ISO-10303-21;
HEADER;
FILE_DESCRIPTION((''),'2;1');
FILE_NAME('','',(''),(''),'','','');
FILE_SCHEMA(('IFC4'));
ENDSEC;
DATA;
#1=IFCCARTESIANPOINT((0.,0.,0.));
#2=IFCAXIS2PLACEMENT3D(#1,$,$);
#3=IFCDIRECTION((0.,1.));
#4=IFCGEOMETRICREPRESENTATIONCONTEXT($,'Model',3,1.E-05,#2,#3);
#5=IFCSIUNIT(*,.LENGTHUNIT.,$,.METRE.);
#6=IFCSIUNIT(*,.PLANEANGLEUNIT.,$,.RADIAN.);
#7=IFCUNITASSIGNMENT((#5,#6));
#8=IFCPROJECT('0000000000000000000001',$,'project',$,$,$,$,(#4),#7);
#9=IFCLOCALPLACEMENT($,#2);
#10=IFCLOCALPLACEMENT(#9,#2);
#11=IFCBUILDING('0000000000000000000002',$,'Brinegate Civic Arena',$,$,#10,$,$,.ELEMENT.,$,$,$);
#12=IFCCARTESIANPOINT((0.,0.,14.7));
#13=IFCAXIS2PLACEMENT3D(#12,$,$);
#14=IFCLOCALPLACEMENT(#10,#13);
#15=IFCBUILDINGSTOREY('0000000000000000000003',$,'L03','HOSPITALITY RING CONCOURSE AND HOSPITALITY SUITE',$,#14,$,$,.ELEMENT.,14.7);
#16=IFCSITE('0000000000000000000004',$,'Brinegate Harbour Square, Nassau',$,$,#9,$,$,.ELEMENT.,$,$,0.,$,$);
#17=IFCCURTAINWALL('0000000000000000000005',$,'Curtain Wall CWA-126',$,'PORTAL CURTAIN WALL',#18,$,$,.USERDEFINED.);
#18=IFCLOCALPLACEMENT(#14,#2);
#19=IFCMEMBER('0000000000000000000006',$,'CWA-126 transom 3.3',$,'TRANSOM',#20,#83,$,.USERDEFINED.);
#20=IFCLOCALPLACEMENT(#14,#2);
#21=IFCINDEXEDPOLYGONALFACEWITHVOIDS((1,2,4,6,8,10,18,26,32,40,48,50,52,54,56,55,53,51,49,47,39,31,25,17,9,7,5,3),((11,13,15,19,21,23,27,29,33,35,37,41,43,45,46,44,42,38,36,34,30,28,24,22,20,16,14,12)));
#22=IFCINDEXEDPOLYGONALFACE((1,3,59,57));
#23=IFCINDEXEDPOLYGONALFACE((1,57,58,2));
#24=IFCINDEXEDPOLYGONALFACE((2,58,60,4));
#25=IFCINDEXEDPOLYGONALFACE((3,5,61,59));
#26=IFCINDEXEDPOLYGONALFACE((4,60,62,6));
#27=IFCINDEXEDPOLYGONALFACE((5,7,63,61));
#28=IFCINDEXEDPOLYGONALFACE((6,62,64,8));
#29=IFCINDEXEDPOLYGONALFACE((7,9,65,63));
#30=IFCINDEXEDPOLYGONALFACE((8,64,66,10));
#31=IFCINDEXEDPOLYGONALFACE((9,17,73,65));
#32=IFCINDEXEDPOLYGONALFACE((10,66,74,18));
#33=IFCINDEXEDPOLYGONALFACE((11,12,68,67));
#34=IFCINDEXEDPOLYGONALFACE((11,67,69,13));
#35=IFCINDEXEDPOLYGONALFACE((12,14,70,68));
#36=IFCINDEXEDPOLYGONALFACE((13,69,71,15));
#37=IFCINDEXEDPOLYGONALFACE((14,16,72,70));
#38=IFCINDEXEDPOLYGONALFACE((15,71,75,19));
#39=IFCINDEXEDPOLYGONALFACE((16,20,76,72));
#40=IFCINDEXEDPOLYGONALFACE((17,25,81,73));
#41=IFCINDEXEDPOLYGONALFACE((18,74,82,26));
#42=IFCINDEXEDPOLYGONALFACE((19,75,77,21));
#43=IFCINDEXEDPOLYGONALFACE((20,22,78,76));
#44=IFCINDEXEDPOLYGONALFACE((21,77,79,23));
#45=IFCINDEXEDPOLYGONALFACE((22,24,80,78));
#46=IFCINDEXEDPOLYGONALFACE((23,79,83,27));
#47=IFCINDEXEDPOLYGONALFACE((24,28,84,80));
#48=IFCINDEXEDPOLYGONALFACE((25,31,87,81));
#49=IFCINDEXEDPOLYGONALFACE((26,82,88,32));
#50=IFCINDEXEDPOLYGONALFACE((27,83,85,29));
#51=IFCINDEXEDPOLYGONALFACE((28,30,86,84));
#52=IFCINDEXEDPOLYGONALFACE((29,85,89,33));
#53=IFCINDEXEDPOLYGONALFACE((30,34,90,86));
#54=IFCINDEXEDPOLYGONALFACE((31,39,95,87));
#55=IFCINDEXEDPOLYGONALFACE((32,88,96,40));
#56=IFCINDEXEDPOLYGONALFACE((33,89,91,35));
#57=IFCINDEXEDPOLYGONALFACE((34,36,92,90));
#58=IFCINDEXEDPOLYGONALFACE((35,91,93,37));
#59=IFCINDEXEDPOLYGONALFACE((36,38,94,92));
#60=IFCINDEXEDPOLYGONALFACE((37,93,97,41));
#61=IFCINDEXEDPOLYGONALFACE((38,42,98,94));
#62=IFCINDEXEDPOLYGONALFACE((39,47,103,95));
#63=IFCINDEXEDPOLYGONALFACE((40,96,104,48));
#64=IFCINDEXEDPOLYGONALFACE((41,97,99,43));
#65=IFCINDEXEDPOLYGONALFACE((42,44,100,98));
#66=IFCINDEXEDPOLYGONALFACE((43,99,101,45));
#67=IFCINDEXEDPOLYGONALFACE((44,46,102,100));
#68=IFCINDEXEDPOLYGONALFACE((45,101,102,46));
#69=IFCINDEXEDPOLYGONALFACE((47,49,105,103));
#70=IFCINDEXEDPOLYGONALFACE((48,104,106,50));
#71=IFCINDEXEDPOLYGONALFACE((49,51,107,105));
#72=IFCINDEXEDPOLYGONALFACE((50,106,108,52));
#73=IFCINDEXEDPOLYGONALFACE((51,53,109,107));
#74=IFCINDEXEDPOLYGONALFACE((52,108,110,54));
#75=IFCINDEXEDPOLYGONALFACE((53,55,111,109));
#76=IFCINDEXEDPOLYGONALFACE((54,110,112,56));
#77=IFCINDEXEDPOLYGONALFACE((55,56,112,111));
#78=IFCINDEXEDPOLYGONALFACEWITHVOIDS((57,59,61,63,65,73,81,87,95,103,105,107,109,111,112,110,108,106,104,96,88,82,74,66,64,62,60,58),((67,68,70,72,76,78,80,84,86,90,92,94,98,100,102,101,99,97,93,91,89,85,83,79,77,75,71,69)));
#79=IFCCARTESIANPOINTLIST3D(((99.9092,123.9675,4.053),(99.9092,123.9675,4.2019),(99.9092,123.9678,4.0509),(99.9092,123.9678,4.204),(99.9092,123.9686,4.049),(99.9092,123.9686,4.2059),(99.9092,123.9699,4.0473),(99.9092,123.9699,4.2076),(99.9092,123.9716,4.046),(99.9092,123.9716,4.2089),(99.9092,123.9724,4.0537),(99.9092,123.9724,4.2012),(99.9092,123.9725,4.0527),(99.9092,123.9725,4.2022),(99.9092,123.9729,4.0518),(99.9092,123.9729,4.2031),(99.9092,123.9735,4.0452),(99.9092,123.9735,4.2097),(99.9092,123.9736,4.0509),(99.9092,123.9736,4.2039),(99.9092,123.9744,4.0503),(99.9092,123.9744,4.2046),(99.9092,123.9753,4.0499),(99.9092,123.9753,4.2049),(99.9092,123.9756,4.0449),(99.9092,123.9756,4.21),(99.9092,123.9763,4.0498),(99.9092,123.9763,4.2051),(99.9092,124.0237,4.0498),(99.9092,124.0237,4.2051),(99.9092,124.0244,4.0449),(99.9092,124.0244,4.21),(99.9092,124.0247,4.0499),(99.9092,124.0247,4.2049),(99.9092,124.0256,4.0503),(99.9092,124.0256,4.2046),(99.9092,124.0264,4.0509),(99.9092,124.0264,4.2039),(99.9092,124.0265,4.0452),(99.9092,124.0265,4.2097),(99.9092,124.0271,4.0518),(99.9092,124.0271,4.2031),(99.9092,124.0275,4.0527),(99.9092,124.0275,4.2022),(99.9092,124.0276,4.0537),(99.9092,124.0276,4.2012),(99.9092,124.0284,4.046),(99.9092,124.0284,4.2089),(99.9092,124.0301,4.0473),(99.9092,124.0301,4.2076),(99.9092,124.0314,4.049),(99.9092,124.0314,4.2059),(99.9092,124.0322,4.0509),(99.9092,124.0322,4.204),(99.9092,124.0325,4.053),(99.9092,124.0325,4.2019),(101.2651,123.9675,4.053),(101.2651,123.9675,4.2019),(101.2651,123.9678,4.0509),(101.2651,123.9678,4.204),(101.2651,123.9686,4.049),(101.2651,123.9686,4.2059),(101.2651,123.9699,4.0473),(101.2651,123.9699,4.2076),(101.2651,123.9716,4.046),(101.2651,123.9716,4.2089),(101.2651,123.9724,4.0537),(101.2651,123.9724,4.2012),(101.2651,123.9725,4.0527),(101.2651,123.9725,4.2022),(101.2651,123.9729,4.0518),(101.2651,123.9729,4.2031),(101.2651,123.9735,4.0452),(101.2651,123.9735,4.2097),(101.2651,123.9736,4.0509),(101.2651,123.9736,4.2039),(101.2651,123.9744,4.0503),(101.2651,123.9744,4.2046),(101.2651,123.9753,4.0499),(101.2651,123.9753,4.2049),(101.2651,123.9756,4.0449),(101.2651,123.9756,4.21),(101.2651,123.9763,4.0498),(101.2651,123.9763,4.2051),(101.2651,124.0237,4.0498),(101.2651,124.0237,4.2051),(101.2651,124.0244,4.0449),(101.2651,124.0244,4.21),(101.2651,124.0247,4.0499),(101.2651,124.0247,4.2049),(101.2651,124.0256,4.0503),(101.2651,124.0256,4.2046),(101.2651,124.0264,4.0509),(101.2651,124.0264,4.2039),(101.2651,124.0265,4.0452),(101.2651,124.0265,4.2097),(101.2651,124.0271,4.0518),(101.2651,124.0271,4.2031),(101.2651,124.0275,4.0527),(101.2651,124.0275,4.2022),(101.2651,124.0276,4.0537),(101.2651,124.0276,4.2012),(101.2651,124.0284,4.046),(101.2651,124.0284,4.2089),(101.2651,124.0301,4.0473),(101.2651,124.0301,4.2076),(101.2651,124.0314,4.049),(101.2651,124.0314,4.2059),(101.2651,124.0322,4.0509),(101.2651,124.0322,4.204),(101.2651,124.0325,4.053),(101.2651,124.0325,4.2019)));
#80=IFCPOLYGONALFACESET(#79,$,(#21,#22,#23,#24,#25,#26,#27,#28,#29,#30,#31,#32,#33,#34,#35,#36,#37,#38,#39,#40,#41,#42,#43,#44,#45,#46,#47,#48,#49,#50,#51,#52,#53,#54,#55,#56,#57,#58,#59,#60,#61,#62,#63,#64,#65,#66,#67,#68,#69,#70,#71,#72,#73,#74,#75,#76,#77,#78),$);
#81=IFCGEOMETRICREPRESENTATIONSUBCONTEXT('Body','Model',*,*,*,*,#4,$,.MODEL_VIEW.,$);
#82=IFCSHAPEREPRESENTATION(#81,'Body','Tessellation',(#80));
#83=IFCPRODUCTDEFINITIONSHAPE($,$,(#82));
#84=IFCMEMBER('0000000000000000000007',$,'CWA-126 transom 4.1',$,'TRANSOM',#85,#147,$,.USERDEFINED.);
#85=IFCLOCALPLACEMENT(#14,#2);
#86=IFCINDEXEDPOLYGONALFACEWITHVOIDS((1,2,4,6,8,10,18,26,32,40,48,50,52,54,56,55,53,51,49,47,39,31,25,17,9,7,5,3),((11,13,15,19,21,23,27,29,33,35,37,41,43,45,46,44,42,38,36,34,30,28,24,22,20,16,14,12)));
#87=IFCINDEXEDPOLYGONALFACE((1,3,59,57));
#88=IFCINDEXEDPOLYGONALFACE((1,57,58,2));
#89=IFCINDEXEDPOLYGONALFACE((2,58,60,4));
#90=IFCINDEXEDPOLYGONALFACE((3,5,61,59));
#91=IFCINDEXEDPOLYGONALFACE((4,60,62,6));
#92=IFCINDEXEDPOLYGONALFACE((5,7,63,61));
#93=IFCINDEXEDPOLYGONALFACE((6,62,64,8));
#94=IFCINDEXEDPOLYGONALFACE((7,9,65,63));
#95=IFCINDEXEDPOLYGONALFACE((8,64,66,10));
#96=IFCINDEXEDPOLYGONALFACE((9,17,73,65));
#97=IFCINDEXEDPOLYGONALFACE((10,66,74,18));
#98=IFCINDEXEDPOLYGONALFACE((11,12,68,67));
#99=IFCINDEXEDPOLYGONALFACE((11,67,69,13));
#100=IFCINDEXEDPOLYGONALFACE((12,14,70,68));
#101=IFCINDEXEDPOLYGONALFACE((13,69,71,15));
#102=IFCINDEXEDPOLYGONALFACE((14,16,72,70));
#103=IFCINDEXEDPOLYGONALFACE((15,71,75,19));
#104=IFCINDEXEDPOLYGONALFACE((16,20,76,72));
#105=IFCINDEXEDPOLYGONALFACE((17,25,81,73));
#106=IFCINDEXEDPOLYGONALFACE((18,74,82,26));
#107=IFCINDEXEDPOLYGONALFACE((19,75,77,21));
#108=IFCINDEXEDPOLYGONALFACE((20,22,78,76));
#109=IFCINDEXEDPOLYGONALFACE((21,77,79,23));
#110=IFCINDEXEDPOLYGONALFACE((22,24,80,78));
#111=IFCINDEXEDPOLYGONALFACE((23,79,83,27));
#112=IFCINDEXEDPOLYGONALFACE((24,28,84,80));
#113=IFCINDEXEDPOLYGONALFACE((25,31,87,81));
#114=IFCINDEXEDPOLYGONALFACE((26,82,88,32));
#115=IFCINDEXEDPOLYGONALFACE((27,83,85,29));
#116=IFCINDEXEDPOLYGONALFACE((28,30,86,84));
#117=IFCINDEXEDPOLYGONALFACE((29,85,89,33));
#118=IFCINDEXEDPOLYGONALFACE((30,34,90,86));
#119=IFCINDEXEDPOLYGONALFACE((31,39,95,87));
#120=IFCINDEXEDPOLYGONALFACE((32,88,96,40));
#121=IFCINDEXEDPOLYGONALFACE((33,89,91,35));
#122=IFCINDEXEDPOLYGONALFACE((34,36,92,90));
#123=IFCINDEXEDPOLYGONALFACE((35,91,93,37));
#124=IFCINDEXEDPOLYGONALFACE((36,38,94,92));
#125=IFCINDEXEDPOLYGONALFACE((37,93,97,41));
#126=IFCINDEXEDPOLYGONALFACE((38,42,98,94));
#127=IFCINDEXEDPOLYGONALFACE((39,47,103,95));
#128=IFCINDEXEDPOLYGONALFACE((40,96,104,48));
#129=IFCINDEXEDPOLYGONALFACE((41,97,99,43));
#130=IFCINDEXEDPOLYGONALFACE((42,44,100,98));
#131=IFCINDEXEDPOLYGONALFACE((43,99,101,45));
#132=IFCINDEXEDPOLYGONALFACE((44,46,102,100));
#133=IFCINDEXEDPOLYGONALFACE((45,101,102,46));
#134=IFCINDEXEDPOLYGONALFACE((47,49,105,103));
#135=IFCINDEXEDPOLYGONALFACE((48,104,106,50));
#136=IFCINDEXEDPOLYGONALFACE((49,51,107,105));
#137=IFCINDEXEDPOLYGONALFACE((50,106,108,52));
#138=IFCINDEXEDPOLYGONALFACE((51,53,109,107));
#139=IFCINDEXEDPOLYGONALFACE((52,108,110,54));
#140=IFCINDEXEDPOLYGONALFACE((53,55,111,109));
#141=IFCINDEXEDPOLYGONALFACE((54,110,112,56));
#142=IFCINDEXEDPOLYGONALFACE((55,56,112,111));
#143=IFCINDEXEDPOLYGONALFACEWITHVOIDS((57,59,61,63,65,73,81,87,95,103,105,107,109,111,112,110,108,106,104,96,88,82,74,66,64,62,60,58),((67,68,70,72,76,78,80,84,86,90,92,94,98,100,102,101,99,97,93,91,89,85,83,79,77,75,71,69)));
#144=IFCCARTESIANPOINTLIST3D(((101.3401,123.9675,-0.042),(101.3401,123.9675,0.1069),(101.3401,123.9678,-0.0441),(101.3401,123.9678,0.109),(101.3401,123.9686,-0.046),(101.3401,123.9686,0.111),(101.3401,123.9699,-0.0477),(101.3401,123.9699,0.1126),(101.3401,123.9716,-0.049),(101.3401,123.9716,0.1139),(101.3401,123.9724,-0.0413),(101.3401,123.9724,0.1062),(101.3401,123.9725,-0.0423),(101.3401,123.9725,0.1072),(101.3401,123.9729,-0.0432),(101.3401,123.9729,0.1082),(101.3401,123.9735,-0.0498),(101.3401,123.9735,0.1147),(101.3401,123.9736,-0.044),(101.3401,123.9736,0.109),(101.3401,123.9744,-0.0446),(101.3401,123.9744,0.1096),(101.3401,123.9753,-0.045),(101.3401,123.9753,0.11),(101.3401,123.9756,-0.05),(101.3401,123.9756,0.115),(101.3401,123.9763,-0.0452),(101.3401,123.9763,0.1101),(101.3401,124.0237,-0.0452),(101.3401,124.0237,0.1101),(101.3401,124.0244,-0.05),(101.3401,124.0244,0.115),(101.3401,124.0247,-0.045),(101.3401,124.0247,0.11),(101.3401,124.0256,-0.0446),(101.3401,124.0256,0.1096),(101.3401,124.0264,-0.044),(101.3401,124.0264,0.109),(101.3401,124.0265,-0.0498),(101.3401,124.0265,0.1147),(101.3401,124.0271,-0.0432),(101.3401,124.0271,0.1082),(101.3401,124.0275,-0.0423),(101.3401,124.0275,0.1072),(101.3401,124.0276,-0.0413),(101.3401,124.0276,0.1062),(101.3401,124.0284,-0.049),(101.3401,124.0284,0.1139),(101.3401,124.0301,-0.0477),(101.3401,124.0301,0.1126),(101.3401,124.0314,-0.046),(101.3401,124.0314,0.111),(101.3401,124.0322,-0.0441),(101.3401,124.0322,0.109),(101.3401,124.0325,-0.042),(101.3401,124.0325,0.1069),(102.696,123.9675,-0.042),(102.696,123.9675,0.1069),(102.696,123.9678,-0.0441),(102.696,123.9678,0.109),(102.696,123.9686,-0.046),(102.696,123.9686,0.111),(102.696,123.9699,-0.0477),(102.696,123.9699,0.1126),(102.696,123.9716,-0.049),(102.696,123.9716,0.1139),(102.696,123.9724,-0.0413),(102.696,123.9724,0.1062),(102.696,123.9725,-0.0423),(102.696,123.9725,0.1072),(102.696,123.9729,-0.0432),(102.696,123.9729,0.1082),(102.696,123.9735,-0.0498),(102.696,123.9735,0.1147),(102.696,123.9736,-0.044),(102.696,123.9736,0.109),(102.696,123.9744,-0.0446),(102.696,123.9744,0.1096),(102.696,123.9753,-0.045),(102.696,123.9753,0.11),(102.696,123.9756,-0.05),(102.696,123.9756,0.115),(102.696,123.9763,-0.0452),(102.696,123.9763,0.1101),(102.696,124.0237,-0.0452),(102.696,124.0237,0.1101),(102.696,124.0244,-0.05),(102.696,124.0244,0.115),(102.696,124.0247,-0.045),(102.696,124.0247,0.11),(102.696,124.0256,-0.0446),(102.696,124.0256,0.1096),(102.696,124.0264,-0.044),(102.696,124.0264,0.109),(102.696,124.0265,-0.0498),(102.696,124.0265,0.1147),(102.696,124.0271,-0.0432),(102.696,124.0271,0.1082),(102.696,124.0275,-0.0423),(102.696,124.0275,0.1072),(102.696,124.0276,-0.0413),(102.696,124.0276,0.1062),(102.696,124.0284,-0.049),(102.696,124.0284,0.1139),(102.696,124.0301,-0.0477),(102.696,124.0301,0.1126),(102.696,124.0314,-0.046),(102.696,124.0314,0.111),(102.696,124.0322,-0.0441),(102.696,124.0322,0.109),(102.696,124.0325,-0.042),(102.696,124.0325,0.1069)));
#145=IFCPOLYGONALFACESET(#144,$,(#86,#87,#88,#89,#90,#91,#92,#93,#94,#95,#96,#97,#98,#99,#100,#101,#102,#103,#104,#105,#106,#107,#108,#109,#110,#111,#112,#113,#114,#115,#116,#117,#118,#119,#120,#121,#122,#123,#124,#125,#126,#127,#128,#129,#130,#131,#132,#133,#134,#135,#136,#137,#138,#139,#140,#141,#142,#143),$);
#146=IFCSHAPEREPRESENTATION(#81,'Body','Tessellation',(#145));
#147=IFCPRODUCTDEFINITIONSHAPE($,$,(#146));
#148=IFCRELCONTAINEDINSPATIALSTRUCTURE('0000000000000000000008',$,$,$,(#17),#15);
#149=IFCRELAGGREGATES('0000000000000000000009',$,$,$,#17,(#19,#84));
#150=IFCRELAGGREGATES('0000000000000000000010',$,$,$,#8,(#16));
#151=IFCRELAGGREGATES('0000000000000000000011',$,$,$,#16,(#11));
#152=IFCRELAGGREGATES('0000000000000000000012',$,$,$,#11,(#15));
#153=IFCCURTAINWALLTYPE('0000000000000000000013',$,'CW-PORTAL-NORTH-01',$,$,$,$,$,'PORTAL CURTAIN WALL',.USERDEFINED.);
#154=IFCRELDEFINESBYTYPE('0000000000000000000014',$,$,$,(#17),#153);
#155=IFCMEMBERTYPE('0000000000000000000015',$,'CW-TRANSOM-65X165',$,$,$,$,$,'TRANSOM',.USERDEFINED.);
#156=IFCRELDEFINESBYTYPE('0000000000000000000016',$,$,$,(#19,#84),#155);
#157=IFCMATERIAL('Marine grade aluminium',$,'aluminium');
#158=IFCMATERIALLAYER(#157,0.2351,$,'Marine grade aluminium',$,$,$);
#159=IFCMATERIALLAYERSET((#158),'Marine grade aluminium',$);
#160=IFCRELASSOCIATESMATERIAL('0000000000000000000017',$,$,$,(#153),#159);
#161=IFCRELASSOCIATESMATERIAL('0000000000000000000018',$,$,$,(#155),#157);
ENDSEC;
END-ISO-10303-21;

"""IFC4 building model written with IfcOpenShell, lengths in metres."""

from ifc_helpers import new_model, si_unit, direction, frame, origin, origin_2d, place, context, subcontext, project, spatial, hollow_rectangle, extrude, material, layer, layer_set, material_profile, profile_set, type_object, element, aggregate, save


model = new_model("IFC4")

# Units and contexts
model_context = context("Model", 3, precision=1e-05, world=origin(), true_north=direction((0.0, 1.0)))
body_context = subcontext(model_context, "Body", "Model", "MODEL_VIEW")
ifc_project = project(units=[si_unit("LENGTHUNIT", "METRE"), si_unit("PLANEANGLEUNIT", "RADIAN")], contexts=[model_context])

# Site, building, storey
site_placement = place(None, origin())
site = spatial("IfcSite", under=ifc_project, at=site_placement, Name="Brinegate Harbour Square, Nassau", CompositionType="ELEMENT", RefElevation=0.0)
building_placement = place(site_placement, origin())
building = spatial("IfcBuilding", under=site, at=building_placement, Name="Brinegate Civic Arena", CompositionType="ELEMENT")
storey_placement = place(building_placement, frame((0.0, 0.0, 14.7)))
storey = spatial("IfcBuildingStorey", under=building, at=storey_placement, Name="L03", Description="HOSPITALITY RING CONCOURSE AND HOSPITALITY SUITE", CompositionType="ELEMENT", Elevation=14.7)

# Curtain wall, members
ifc_material_1 = material(Name="Marine grade aluminium", Category="aluminium")
ifc_layer_1 = layer(ifc_material_1, 0.2351, Name="Marine grade aluminium")
ifc_layer_set_1 = layer_set([ifc_layer_1], Name="Marine grade aluminium")
curtain_wall_type = type_object("IfcCurtainWallType", Name="CW-PORTAL-NORTH-01", ElementType="PORTAL CURTAIN WALL", PredefinedType="USERDEFINED", material=ifc_layer_set_1)
curtain_wall_placement = place(storey_placement, origin())
curtain_wall = element("IfcCurtainWall", 1, at=curtain_wall_placement, inside=storey, type_object=curtain_wall_type, Name="Curtain Wall CWA-126", ObjectType="PORTAL CURTAIN WALL", PredefinedType="USERDEFINED")
ifc_material_profile_1 = material_profile(ifc_material_1, hollow_rectangle(XDim=0.0649, YDim=0.165, WallThickness=0.0049, InnerFilletRadius=0.0039, OuterFilletRadius=0.0081, at=origin_2d()), Name="TRN65X165")
ifc_profile_set_1 = profile_set([ifc_material_profile_1], Name="Marine grade aluminium")
member_type_1 = type_object("IfcMemberType", Name="CW-TRANSOM-65X165", ElementType="TRANSOM", PredefinedType="USERDEFINED", material=ifc_profile_set_1)
member_1_placement = place(storey_placement, frame((99.9092, 124.0, 4.1274), z_axis=(1.0, 0.0, 0.0), x_axis=(0.0, 1.0, 0.0)))
member_1 = element("IfcMember", 2, at=member_1_placement, type_object=member_type_1, Name="CWA-126 transom 3.3", ObjectType="TRANSOM", PredefinedType="USERDEFINED", context=body_context, shape_type="SweptSolid", body=[
    extrude(hollow_rectangle(XDim=0.0649, YDim=0.165, WallThickness=0.0049, InnerFilletRadius=0.0039, OuterFilletRadius=0.0081, at=origin_2d()), origin(), (0.0, 0.0, 1.0), 1.356),
])
member_2_placement = place(storey_placement, frame((101.3401, 124.0, 0.0325), z_axis=(1.0, 0.0, 0.0), x_axis=(0.0, 1.0, 0.0)))
member_2 = element("IfcMember", 3, at=member_2_placement, type_object=member_type_1, Name="CWA-126 transom 4.1", ObjectType="TRANSOM", PredefinedType="USERDEFINED", context=body_context, shape_type="SweptSolid", body=[
    extrude(hollow_rectangle(XDim=0.0649, YDim=0.165, WallThickness=0.0049, InnerFilletRadius=0.0039, OuterFilletRadius=0.0081, at=origin_2d()), origin(), (0.0, 0.0, 1.0), 1.356),
])
aggregate(curtain_wall, [member_1, member_2])

save(model, "model.ifc")
